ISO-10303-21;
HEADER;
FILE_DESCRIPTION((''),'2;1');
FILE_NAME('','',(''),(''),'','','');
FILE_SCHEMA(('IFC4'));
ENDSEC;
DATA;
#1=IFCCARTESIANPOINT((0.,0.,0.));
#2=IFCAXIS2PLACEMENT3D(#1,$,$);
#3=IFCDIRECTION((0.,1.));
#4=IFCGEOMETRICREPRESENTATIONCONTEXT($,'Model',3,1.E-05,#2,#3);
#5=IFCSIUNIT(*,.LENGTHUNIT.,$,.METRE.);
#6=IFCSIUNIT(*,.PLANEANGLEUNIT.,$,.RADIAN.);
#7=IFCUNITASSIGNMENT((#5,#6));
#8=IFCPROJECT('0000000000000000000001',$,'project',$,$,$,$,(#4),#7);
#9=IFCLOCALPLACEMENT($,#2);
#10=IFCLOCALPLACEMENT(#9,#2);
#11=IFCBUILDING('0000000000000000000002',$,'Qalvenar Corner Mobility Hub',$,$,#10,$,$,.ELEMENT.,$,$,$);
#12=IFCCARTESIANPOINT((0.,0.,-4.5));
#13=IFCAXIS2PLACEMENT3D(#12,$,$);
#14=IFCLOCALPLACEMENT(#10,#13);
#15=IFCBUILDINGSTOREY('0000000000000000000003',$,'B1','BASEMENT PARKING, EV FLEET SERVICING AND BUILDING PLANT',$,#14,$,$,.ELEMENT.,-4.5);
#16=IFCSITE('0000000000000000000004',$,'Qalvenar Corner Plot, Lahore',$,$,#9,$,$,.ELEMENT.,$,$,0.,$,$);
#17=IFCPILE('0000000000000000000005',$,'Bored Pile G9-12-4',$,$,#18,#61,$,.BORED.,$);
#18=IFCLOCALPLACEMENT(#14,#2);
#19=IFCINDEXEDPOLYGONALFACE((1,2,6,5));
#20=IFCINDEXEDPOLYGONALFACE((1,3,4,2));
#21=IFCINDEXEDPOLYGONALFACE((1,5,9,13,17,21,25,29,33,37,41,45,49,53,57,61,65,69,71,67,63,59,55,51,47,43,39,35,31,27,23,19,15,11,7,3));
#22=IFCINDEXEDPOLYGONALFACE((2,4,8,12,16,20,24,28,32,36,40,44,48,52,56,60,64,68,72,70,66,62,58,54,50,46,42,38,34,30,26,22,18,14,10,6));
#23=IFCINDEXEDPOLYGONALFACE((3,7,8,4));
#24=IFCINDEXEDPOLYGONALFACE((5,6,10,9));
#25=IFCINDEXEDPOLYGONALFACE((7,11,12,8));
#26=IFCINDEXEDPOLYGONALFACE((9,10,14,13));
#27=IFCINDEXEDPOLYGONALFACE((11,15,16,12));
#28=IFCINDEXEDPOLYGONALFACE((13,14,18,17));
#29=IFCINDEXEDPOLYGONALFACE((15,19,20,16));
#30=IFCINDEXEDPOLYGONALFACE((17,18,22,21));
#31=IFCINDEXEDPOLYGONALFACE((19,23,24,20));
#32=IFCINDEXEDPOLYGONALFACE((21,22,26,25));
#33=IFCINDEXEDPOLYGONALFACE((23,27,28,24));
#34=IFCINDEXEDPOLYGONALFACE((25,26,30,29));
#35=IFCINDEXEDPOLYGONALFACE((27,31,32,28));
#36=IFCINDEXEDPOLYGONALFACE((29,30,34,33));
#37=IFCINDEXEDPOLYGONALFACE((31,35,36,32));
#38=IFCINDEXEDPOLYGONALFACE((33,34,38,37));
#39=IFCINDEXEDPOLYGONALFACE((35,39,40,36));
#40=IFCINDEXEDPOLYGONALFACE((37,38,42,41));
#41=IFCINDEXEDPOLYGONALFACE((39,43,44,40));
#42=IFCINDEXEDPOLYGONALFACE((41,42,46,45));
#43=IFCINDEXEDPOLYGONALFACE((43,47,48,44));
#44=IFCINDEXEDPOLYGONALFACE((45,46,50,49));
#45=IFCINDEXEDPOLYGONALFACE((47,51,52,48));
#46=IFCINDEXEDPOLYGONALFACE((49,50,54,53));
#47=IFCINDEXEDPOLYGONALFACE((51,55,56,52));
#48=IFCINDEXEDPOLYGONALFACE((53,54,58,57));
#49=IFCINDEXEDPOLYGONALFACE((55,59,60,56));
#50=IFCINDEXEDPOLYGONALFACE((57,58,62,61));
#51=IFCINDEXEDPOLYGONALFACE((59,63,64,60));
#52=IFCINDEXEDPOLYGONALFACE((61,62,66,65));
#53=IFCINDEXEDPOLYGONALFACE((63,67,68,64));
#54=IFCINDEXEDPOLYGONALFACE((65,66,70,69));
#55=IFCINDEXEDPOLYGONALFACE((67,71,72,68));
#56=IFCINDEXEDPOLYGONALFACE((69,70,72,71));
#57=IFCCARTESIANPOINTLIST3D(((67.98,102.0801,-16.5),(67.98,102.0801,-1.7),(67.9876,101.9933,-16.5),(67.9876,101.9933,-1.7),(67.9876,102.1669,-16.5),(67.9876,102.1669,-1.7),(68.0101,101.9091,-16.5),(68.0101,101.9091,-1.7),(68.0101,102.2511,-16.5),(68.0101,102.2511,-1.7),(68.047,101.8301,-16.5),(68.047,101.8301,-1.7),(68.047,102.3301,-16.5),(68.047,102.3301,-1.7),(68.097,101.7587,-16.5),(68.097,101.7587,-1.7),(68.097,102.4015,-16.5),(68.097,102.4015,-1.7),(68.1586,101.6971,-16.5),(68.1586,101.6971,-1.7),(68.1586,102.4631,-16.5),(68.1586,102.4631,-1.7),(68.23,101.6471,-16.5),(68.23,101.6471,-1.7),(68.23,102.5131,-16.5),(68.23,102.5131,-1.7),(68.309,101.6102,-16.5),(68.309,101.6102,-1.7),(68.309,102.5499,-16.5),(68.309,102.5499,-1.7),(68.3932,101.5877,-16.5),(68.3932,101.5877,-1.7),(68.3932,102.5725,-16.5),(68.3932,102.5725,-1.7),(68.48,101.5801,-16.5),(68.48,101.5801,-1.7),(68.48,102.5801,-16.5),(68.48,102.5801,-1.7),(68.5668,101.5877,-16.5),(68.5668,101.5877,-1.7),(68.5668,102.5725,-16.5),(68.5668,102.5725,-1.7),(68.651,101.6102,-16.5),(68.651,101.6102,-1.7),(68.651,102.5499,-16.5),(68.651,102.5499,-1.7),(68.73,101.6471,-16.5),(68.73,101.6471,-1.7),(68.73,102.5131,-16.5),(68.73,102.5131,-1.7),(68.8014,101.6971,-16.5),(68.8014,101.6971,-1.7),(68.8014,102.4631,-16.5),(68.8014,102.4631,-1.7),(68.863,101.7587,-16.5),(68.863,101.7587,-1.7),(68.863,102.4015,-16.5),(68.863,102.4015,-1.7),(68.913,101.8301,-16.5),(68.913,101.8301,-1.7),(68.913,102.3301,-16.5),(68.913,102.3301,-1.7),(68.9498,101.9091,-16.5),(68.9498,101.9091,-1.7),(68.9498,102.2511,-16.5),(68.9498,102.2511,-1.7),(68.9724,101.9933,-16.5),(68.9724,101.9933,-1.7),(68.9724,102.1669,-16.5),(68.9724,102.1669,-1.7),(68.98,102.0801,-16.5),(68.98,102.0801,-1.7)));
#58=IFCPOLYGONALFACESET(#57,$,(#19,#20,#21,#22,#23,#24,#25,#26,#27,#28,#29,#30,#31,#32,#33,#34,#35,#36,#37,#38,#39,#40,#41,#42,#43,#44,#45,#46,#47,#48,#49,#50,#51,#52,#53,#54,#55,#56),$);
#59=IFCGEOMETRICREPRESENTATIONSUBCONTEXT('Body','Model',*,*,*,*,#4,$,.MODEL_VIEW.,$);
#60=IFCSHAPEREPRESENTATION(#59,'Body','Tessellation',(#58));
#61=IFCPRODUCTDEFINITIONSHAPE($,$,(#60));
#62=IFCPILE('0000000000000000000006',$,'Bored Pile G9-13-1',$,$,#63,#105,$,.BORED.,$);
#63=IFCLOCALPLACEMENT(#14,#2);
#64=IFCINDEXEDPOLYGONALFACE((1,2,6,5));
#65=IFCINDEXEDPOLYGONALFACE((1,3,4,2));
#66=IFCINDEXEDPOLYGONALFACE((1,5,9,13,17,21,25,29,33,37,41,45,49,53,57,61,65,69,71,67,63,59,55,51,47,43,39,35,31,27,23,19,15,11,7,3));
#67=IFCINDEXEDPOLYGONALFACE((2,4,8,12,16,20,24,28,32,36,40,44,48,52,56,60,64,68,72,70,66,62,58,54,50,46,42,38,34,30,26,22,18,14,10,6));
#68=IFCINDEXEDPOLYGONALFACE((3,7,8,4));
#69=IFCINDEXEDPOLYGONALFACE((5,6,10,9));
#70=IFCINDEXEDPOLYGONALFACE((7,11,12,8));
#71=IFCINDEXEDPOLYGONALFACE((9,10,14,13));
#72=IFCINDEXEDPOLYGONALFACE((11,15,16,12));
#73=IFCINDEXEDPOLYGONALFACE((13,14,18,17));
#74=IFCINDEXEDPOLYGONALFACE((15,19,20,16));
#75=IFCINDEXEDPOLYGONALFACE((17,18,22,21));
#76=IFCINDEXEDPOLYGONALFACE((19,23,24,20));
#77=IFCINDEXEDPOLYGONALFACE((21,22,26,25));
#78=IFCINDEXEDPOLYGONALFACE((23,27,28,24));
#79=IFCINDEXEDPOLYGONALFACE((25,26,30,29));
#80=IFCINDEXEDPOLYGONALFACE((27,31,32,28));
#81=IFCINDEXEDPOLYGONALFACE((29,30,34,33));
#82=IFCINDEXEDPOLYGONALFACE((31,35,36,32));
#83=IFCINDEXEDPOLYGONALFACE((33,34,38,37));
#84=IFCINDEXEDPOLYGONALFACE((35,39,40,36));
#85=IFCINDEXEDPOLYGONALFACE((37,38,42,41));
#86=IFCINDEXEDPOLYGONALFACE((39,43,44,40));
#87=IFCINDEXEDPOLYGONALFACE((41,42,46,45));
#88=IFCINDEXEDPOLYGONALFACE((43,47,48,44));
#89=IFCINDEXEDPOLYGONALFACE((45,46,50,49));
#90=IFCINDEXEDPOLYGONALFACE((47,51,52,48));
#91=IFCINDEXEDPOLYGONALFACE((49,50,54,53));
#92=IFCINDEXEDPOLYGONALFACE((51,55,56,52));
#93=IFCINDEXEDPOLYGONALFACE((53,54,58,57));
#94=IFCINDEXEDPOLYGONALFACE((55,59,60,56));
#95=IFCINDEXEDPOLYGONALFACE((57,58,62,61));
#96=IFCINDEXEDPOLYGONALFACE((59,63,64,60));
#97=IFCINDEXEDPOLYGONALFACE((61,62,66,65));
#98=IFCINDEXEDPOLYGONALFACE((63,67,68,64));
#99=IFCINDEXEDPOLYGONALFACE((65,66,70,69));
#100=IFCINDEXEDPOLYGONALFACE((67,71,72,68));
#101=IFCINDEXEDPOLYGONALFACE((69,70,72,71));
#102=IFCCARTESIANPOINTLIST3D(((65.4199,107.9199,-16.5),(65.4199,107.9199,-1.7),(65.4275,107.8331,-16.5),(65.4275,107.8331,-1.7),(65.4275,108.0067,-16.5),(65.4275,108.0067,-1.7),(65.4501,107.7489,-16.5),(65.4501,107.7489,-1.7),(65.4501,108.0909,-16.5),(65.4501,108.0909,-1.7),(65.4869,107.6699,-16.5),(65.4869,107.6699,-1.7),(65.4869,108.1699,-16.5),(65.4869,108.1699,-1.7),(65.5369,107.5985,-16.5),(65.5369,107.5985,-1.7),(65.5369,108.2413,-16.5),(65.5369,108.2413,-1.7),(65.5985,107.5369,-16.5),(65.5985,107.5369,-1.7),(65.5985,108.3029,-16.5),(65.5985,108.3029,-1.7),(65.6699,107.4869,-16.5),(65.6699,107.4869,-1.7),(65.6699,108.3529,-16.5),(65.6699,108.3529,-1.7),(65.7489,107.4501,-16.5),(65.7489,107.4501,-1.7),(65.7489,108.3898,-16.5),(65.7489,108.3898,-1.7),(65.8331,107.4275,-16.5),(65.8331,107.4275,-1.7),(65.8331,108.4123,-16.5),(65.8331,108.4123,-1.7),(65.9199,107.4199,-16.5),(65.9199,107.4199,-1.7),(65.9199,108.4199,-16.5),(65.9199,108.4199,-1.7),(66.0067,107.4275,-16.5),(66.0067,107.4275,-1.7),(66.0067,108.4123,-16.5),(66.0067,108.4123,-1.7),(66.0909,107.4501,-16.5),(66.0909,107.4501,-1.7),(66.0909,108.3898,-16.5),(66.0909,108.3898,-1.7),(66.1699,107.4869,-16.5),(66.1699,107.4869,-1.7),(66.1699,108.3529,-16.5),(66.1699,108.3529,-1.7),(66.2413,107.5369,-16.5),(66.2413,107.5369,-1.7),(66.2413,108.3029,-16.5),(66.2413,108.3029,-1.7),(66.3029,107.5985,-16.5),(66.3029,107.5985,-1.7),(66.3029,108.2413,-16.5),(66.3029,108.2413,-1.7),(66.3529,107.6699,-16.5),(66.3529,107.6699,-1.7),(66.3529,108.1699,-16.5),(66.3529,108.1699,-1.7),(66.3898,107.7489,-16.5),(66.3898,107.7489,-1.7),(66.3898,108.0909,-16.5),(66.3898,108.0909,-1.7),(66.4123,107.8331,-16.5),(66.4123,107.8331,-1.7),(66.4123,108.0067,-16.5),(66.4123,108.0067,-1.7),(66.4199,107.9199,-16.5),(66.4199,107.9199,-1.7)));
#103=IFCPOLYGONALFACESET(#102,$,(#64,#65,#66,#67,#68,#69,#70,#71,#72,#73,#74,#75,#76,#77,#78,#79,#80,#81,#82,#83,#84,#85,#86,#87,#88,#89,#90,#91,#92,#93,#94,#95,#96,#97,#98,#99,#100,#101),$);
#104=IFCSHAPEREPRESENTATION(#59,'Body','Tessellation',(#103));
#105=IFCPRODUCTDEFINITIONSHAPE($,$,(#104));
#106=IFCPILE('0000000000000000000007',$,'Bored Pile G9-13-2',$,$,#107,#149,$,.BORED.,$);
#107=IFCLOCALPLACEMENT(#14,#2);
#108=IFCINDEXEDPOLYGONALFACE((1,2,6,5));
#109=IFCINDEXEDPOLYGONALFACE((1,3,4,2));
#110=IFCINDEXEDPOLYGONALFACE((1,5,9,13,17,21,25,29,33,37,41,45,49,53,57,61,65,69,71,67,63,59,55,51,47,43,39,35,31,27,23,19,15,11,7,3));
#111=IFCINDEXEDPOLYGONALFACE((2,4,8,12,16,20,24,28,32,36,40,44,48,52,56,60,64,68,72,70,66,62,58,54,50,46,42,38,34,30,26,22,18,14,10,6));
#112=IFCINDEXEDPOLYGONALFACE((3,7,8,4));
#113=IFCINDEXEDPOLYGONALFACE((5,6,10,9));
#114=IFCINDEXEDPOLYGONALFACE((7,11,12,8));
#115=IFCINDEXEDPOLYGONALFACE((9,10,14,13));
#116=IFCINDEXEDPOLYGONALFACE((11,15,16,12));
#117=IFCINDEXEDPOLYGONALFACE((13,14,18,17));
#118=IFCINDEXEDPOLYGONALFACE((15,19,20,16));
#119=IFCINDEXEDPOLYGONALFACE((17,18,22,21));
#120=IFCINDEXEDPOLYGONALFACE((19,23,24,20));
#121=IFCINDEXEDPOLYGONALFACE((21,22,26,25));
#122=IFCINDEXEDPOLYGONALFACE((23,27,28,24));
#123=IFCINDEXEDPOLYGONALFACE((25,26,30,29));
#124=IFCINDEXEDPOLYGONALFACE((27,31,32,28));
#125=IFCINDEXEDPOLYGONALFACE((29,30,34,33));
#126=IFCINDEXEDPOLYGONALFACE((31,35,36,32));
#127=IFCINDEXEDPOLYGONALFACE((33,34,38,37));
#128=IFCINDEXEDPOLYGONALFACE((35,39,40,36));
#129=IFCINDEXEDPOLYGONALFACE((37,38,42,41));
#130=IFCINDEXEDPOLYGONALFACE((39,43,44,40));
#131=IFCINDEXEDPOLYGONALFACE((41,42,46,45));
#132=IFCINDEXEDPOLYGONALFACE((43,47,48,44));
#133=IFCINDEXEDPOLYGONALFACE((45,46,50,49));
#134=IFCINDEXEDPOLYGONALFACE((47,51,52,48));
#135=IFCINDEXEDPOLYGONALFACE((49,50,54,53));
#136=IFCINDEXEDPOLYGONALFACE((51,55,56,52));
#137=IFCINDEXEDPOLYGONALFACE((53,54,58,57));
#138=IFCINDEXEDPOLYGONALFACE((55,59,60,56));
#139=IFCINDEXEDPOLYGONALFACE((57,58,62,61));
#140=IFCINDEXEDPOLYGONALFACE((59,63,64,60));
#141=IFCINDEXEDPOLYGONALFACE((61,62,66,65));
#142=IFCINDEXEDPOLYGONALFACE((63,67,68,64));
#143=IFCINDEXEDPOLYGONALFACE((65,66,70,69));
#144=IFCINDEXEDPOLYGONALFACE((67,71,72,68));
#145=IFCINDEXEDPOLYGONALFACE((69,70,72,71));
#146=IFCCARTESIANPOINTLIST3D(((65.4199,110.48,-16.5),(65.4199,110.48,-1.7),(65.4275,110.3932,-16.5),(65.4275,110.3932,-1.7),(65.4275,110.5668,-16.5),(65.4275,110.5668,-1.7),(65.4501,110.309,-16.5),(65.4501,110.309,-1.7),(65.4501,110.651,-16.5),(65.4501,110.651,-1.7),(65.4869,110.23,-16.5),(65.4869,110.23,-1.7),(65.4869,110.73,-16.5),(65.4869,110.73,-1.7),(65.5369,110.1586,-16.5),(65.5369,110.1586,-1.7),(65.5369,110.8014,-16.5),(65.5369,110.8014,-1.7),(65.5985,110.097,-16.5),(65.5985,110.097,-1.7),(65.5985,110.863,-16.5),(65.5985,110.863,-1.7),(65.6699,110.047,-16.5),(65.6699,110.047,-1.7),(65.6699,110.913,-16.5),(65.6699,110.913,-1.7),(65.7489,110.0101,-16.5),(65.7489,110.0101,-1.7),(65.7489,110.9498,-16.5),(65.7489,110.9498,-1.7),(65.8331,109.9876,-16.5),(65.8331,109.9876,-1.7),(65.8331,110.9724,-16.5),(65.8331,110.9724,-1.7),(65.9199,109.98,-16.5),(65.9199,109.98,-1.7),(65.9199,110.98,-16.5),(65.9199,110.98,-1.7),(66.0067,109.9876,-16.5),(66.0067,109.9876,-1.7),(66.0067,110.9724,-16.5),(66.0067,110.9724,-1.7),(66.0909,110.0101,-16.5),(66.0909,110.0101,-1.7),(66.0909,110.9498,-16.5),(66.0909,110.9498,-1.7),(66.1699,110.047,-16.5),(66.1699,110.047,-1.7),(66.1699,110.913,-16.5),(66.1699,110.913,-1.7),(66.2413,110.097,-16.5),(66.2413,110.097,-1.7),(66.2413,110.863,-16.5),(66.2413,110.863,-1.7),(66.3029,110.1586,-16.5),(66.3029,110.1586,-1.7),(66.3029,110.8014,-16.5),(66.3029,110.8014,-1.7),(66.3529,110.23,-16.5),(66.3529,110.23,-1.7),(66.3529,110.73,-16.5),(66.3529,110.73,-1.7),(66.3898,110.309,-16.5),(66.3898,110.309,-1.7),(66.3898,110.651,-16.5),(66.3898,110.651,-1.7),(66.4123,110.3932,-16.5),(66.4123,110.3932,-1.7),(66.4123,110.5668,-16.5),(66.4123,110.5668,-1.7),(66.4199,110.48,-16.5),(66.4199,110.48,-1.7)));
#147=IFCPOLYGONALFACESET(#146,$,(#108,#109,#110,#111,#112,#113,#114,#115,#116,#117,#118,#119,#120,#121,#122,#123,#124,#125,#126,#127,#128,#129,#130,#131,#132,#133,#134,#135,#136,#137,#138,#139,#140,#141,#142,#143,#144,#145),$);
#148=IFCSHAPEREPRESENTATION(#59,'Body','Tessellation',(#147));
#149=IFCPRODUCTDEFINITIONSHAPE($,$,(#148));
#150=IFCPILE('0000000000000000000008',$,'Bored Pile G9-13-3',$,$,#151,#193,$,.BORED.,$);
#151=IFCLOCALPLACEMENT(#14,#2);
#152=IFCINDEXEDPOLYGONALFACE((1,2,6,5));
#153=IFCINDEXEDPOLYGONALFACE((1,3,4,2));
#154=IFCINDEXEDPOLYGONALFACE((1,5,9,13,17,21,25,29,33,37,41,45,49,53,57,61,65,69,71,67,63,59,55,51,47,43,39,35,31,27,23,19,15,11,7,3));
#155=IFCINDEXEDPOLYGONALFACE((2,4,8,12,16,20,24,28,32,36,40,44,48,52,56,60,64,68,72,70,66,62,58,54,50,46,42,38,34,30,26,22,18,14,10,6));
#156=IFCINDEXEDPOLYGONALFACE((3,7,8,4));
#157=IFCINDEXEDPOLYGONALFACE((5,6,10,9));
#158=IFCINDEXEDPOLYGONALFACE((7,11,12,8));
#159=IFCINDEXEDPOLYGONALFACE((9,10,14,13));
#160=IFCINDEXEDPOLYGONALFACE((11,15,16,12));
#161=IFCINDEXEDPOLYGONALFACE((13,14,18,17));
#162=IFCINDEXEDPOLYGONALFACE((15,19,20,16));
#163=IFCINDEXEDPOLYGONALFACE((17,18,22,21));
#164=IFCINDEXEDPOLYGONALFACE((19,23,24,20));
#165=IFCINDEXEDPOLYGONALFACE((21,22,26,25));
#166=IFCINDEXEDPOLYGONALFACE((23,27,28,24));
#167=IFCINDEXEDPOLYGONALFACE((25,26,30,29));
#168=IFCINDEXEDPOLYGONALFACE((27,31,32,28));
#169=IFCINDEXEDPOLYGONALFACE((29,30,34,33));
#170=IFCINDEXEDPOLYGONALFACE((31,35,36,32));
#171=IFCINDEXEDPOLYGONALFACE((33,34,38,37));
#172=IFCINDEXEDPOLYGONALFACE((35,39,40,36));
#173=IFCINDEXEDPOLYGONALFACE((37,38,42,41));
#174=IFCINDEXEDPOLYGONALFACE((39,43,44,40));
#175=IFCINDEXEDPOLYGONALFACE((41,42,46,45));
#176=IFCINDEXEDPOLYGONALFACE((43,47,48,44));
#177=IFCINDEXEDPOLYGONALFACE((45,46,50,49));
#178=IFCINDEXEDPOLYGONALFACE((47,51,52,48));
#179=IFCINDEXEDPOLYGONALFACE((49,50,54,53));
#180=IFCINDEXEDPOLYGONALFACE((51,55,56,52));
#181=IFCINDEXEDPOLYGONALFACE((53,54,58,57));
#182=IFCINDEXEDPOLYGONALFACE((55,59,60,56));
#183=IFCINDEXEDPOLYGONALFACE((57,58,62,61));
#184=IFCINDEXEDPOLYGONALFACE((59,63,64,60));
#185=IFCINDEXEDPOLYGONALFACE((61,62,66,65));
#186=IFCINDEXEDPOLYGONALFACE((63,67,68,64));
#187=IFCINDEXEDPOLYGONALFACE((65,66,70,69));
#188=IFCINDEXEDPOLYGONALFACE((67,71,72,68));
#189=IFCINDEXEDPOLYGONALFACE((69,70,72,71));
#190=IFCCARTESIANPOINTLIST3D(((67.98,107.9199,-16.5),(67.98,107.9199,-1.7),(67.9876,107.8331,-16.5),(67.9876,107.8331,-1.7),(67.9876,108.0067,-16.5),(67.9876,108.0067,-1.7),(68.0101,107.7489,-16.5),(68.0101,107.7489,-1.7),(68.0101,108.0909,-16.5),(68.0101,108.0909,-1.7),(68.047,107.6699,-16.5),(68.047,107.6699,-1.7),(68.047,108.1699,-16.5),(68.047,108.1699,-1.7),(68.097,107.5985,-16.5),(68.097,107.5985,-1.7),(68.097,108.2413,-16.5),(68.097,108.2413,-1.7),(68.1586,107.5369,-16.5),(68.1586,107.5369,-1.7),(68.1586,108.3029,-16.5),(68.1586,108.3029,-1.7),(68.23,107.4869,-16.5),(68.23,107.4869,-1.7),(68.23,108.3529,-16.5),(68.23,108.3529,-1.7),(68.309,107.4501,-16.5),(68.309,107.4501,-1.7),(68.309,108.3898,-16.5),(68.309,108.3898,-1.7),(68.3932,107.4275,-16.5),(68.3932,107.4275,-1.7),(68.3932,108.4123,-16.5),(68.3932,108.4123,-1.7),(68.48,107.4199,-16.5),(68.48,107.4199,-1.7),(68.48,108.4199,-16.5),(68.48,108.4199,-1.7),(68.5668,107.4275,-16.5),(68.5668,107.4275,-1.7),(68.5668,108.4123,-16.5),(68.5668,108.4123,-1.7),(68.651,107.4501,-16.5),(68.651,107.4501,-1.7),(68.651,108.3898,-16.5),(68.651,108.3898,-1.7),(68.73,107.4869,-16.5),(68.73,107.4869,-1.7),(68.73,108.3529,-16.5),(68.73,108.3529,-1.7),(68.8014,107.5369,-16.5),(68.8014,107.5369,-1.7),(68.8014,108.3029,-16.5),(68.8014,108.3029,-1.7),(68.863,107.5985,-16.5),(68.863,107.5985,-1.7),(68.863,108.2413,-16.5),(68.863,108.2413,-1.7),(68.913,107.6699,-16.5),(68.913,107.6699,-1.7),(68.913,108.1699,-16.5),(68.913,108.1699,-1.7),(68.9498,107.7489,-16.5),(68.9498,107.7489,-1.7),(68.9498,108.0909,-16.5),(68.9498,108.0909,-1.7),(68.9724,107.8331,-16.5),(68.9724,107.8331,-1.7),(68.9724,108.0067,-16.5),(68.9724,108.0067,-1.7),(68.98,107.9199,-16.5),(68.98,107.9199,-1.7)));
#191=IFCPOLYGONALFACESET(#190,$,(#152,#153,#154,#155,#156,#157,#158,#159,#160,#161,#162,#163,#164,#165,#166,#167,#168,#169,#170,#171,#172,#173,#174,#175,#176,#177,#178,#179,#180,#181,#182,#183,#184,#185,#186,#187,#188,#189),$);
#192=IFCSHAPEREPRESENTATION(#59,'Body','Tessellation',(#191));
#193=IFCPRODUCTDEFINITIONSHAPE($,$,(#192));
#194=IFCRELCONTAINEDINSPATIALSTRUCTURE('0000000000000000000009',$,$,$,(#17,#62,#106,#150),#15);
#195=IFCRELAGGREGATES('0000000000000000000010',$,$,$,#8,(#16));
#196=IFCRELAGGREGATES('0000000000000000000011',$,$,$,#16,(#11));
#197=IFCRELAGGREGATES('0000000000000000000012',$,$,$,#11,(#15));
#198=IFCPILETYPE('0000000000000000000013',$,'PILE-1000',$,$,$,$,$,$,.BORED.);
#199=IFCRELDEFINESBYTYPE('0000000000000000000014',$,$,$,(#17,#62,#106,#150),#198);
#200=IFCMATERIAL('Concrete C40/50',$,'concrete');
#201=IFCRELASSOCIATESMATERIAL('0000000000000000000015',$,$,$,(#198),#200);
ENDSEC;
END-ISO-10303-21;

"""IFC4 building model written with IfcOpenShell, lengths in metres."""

from ifc_helpers import new_model, si_unit, direction, frame, origin, origin_2d, place, context, subcontext, project, spatial, circle, extrude, material, material_profile, profile_set, type_object, element, save


model = new_model("IFC4")

# Units and contexts
model_context = context("Model", 3, precision=1e-05, world=origin(), true_north=direction((0.0, 1.0)))
body_context = subcontext(model_context, "Body", "Model", "MODEL_VIEW")
ifc_project = project(units=[si_unit("LENGTHUNIT", "METRE"), si_unit("PLANEANGLEUNIT", "RADIAN")], contexts=[model_context])

# Site, building, storey
site_placement = place(None, origin())
site = spatial("IfcSite", under=ifc_project, at=site_placement, Name="Qalvenar Corner Plot, Lahore", CompositionType="ELEMENT", RefElevation=0.0)
building_placement = place(site_placement, origin())
building = spatial("IfcBuilding", under=site, at=building_placement, Name="Qalvenar Corner Mobility Hub", CompositionType="ELEMENT")
storey_placement = place(building_placement, frame((0.0, 0.0, -4.5)))
storey = spatial("IfcBuildingStorey", under=building, at=storey_placement, Name="B1", Description="BASEMENT PARKING, EV FLEET SERVICING AND BUILDING PLANT", CompositionType="ELEMENT", Elevation=-4.5)

# Shared definitions
ifc_material_1 = material(Name="Concrete C40/50", Category="concrete")

# Piles
ifc_material_profile_1 = material_profile(ifc_material_1, circle(Radius=0.5, at=origin_2d()), Name="DIA1000")
ifc_profile_set_1 = profile_set([ifc_material_profile_1], Name="Concrete C40/50")
pile_type = type_object("IfcPileType", Name="PILE-1000", PredefinedType="BORED", material=ifc_profile_set_1)
for number, where, z_axis, x_axis, name in (
    (1, (68.48, 102.0801, -1.7), (0.0, 0.0, -1.0), (1.0, 0.0, 0.0), "Bored Pile G9-12-4"),
    (2, (65.9199, 107.9199, -1.7), (0.0, 0.0, -1.0), (1.0, 0.0, 0.0), "Bored Pile G9-13-1"),
    (3, (65.9199, 110.48, -1.7), (0.0, 0.0, -1.0), (1.0, 0.0, 0.0), "Bored Pile G9-13-2"),
    (4, (68.48, 107.9199, -1.7), (0.0, 0.0, -1.0), (1.0, 0.0, 0.0), "Bored Pile G9-13-3"),
):
    element("IfcPile", number, at=place(storey_placement, frame(where, z_axis=z_axis, x_axis=x_axis)), inside=storey, type_object=pile_type, Name=name, PredefinedType="BORED", context=body_context, shape_type="SweptSolid", body=[
        extrude(circle(Radius=0.5, at=origin_2d()), origin(), (0.0, 0.0, 1.0), 14.8),
    ])

save(model, "model.ifc")
